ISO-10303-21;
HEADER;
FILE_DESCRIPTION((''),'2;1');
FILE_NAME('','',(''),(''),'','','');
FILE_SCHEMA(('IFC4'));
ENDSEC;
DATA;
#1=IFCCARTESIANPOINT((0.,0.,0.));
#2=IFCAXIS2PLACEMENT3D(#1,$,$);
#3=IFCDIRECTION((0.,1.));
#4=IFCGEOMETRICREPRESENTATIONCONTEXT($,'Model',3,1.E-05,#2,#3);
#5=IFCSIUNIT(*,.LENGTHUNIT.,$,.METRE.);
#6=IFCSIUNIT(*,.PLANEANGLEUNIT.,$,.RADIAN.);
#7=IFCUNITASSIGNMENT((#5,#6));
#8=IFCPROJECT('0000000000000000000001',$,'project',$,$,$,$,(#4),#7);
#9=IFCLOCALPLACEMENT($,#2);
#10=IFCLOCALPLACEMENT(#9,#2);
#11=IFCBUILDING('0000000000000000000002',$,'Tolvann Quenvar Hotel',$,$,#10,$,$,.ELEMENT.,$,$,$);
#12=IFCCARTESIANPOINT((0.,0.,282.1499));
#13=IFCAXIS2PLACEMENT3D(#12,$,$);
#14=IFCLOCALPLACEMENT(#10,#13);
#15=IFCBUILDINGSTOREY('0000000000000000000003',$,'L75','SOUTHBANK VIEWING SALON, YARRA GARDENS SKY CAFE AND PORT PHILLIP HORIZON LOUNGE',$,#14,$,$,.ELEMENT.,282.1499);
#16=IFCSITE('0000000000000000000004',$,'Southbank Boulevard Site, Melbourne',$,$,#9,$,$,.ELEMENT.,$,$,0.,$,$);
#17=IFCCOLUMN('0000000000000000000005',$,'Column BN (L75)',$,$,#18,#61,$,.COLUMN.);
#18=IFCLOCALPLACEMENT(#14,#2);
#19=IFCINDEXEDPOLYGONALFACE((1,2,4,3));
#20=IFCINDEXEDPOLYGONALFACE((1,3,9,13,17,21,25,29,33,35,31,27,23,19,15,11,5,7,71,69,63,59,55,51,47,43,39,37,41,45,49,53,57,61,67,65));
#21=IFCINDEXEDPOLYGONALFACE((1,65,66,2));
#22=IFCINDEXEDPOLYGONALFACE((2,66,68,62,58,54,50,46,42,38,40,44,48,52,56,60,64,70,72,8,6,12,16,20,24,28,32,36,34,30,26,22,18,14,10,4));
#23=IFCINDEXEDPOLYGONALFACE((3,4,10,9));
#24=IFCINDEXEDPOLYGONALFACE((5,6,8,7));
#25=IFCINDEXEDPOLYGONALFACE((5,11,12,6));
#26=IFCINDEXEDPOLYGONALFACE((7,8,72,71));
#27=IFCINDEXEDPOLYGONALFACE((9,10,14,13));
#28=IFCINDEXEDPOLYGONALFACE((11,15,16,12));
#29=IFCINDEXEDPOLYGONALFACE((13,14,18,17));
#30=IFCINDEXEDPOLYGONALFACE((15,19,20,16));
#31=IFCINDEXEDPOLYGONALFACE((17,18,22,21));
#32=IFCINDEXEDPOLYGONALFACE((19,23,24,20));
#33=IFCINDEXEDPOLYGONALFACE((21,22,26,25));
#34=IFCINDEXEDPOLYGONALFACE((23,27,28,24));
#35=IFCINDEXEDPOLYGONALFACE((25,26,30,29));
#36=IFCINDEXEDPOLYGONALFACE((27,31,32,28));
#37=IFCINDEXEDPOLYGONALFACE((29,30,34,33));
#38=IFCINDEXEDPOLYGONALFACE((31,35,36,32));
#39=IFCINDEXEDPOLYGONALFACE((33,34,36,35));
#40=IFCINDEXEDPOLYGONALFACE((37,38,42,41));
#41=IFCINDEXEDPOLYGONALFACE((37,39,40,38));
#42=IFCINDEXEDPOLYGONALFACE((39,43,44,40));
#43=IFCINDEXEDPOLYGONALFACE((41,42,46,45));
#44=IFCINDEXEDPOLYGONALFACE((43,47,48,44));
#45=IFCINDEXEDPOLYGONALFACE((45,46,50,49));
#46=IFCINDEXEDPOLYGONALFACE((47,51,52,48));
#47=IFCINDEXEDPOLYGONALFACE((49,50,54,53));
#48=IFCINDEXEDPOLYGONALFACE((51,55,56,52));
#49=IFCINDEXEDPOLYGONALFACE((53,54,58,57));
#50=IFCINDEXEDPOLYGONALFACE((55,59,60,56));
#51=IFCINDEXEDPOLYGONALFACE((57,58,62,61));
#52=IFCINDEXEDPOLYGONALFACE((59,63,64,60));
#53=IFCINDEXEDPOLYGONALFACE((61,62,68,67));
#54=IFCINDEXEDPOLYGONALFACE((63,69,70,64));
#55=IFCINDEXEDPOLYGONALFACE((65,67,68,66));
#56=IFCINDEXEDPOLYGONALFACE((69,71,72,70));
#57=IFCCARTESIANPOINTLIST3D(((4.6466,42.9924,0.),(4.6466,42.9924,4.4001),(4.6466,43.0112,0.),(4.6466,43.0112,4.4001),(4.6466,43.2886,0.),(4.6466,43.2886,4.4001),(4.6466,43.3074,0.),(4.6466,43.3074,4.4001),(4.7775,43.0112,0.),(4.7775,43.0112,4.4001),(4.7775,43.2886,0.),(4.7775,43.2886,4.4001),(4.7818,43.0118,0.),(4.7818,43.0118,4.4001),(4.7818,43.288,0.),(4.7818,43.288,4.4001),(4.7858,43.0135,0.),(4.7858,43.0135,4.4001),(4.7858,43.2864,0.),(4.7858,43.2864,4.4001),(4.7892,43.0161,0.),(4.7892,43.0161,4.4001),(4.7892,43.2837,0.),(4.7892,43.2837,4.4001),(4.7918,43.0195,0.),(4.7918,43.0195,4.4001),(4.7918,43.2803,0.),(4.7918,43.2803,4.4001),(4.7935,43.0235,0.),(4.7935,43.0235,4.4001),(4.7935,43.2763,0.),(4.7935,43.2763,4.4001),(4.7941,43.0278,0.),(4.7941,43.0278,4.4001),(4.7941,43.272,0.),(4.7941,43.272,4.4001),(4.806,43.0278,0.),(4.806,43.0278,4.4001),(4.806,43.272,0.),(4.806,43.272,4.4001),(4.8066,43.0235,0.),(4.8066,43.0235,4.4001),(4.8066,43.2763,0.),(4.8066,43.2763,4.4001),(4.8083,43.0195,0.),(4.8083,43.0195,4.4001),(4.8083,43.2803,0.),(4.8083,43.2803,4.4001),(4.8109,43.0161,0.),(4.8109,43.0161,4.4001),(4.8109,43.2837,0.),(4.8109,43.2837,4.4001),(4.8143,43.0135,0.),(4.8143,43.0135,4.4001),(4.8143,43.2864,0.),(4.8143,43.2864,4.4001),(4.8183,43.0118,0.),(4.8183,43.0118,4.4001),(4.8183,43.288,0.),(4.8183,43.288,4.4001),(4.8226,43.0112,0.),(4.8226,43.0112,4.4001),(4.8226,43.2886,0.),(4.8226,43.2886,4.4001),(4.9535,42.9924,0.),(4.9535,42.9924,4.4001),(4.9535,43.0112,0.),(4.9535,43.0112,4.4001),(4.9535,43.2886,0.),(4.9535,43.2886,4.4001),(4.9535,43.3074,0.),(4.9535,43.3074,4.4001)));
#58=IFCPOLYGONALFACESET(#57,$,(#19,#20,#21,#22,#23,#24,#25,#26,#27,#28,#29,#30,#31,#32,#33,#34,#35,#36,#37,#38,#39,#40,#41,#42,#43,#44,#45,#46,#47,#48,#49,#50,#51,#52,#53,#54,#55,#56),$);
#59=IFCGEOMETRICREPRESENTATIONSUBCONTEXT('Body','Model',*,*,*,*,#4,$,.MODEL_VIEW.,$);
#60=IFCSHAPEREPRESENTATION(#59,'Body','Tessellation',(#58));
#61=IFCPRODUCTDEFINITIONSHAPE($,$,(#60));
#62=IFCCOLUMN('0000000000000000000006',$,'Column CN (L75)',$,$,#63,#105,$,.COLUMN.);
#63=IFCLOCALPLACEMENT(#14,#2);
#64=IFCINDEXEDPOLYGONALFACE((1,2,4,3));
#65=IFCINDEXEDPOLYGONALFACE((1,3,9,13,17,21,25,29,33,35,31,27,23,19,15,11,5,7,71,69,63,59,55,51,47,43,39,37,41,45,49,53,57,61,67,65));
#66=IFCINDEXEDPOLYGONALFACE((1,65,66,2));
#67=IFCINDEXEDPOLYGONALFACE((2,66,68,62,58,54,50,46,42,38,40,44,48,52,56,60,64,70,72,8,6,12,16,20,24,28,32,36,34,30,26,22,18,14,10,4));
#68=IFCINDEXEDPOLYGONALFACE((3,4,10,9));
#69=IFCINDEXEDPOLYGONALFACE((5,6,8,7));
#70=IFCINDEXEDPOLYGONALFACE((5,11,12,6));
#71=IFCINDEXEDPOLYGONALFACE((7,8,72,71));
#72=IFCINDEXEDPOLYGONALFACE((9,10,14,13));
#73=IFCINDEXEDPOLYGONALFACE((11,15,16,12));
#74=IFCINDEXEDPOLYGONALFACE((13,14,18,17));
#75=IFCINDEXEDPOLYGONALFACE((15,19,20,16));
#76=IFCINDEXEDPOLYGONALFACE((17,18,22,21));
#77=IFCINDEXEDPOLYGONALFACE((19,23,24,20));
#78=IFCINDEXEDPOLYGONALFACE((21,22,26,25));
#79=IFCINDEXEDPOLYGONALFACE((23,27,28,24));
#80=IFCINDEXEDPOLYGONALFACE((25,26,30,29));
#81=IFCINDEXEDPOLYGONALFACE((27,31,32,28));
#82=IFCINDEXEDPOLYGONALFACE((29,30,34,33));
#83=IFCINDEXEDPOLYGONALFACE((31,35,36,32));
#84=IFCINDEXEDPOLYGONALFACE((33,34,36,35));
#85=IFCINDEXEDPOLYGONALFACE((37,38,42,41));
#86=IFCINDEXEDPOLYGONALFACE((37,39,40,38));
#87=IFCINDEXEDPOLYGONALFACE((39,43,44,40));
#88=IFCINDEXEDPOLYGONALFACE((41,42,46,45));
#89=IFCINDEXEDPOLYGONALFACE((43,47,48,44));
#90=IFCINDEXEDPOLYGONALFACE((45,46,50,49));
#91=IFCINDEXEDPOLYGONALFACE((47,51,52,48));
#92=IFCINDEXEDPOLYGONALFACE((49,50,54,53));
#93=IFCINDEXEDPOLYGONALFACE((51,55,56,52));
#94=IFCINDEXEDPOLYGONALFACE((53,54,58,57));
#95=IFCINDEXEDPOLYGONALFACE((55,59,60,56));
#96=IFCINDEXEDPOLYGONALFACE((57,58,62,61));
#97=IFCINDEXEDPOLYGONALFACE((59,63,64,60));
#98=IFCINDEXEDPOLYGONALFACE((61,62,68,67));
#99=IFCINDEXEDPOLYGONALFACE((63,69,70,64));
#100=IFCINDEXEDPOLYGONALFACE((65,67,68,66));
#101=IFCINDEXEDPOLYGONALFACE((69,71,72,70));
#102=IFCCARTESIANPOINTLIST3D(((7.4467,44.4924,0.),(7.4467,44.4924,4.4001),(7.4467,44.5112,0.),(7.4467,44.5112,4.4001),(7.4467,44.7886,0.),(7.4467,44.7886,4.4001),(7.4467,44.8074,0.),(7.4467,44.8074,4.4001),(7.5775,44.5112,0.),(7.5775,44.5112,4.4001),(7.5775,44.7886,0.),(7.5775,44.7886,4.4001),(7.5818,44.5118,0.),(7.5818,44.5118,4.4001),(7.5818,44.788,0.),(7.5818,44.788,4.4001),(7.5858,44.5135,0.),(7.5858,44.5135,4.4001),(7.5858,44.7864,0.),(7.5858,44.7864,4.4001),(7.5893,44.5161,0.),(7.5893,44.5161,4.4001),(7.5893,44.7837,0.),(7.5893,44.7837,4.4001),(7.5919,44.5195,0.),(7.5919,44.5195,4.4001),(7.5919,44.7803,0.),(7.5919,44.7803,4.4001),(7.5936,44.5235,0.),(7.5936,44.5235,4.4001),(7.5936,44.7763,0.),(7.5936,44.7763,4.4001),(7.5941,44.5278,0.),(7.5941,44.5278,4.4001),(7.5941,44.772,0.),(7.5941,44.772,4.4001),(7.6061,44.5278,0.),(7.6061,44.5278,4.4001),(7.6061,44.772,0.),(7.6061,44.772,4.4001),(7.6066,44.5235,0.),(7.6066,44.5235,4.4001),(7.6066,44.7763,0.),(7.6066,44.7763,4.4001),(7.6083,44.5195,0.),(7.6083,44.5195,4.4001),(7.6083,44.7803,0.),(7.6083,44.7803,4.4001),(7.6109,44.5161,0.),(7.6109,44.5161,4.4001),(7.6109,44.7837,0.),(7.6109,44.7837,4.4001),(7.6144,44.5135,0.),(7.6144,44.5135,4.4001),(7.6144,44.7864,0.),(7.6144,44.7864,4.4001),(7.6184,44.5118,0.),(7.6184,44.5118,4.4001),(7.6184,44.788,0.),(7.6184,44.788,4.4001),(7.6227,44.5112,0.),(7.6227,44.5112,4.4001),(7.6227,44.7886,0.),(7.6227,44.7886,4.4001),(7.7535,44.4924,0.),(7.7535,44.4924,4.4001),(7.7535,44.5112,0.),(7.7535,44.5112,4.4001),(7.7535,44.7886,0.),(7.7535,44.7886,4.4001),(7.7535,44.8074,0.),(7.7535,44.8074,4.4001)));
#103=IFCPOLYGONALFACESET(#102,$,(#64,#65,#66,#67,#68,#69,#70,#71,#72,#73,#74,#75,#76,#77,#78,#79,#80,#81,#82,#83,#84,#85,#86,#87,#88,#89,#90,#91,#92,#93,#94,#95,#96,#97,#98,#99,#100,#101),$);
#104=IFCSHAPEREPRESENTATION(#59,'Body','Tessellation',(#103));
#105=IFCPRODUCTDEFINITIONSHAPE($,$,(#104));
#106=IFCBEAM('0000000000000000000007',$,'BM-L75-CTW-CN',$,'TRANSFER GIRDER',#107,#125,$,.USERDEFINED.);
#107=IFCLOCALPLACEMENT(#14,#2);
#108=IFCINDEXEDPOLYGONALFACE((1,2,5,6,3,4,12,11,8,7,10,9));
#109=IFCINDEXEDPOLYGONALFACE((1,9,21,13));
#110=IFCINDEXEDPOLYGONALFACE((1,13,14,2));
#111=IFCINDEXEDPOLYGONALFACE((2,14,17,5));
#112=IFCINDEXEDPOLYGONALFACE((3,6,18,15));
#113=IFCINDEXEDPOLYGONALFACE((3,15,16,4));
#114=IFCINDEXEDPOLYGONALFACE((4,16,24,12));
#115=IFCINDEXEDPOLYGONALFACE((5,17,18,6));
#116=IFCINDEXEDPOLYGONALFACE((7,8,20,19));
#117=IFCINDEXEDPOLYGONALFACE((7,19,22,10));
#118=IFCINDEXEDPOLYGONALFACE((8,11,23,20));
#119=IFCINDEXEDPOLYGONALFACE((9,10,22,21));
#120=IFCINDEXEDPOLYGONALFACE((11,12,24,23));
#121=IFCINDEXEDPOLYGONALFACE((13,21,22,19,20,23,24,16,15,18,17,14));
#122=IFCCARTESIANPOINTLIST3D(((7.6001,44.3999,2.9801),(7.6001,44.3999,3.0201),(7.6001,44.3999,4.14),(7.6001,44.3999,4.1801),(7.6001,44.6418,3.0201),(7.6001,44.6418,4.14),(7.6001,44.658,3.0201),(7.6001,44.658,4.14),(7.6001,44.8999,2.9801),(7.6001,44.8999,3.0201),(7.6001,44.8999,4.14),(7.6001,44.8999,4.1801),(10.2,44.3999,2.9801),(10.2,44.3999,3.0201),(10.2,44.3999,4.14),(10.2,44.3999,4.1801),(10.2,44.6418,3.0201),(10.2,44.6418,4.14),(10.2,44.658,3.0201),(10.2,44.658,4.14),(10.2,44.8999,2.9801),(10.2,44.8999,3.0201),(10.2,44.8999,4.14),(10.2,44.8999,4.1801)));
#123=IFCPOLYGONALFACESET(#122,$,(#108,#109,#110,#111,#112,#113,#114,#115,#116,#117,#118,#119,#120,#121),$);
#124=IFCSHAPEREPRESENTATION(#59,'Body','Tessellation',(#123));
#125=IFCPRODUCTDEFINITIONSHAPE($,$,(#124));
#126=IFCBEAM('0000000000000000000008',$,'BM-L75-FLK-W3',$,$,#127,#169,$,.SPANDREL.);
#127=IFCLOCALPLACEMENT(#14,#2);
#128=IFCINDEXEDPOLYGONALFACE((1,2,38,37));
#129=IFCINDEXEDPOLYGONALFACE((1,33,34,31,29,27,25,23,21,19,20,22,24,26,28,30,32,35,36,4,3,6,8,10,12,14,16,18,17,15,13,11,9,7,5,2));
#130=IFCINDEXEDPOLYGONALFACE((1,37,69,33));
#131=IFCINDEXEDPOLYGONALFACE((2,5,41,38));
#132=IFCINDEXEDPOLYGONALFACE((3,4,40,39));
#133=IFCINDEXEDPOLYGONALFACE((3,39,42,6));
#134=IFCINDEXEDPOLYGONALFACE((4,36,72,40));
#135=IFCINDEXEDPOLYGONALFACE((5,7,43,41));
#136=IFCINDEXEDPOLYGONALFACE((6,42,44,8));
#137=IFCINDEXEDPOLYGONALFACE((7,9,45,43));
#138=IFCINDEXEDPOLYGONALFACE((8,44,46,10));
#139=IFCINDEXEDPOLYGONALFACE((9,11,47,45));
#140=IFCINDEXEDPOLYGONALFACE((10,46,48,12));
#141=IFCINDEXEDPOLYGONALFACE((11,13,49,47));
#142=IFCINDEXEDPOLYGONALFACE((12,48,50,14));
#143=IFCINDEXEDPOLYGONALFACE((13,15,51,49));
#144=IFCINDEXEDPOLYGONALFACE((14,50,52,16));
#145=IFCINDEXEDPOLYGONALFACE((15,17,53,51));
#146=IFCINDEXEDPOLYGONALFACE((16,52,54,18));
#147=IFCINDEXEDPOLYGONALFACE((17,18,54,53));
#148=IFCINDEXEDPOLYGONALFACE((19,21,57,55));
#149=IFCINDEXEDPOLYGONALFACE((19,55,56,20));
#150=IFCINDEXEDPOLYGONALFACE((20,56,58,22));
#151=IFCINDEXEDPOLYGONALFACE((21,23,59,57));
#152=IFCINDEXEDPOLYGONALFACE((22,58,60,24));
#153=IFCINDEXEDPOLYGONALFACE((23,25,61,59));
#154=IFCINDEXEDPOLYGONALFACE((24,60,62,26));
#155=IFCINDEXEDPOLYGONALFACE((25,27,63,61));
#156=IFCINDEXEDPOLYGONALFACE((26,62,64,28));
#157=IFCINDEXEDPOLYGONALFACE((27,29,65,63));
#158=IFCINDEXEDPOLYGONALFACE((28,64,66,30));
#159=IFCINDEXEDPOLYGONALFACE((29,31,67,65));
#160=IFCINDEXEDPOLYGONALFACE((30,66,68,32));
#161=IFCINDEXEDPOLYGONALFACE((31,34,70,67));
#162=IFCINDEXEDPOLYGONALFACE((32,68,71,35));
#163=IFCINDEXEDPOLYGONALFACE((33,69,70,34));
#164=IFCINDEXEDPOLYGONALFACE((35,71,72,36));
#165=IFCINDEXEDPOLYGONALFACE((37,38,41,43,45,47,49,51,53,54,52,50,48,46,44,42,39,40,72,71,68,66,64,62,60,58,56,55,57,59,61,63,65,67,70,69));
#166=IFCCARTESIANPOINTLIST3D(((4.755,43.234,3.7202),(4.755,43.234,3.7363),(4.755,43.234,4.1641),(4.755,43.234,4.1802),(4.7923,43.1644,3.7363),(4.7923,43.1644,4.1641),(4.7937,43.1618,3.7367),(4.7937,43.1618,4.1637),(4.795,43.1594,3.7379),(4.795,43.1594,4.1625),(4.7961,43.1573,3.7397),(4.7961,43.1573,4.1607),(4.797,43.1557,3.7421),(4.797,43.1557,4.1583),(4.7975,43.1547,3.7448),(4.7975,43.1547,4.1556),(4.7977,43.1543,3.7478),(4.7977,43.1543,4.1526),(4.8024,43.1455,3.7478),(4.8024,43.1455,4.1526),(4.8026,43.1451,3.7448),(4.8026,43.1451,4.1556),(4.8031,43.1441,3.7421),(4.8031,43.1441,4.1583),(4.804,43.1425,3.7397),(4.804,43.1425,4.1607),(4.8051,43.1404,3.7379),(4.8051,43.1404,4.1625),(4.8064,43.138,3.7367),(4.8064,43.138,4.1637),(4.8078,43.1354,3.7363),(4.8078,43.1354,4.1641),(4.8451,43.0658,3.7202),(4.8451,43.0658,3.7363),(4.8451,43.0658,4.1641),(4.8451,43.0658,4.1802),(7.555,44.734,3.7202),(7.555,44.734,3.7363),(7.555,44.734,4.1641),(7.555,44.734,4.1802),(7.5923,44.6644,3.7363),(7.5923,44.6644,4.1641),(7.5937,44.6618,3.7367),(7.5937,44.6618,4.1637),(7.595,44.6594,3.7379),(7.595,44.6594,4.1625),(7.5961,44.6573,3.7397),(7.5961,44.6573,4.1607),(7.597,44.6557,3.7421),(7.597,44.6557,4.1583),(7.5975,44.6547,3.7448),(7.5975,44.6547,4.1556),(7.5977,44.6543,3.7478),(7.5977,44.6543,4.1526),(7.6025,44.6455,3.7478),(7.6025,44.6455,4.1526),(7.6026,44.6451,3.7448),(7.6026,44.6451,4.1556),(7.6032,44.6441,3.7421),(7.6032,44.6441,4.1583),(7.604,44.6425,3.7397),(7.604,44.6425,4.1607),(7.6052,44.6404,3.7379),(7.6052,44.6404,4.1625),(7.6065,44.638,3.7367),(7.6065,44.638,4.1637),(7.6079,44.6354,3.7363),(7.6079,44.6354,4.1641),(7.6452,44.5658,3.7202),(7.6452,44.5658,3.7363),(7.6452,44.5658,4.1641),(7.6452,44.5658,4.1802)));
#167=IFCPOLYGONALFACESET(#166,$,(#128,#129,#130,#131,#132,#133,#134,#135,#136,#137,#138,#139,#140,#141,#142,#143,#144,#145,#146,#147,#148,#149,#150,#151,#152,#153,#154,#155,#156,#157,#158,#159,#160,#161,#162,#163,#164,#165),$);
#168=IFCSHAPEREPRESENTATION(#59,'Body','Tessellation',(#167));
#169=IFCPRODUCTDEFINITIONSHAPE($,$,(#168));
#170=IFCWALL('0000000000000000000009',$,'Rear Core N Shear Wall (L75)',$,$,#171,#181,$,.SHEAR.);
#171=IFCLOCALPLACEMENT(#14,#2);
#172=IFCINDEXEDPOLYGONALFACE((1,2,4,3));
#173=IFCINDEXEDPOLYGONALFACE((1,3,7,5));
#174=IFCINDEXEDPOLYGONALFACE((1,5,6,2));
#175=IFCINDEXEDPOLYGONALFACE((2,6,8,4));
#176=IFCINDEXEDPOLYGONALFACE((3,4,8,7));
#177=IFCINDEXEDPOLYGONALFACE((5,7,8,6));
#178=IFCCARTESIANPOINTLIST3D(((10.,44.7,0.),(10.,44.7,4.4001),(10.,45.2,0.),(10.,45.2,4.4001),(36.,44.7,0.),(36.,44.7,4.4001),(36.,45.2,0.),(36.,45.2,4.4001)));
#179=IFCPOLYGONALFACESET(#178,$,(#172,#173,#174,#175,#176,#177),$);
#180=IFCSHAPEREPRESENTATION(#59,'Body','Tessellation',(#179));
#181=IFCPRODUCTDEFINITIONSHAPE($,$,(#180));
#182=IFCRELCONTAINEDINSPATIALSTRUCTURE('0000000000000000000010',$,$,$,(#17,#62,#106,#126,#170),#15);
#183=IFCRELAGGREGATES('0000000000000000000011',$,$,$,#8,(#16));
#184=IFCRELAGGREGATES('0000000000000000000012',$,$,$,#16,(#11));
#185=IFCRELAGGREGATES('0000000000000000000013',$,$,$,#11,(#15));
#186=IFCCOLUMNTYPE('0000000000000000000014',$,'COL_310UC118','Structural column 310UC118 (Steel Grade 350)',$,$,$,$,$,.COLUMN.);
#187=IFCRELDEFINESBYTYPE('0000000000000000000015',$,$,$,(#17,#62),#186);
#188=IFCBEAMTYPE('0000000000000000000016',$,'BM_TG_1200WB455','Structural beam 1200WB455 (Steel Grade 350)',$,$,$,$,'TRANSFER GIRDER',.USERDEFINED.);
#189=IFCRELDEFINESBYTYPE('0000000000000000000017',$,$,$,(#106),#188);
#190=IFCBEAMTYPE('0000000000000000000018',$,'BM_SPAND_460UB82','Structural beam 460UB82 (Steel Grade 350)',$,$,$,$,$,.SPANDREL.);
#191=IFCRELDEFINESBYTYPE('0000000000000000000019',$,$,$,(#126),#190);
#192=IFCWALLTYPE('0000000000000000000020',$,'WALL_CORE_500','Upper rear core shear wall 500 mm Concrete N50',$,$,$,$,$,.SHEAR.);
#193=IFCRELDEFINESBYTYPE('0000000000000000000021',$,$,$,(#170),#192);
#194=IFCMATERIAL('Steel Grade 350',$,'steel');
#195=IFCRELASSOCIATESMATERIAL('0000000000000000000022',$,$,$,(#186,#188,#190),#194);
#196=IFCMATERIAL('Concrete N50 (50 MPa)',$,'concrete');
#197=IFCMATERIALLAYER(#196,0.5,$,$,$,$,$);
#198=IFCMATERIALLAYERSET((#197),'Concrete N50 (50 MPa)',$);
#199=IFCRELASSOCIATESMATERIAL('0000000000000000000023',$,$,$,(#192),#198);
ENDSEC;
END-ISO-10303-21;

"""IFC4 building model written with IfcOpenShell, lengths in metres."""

from ifc_helpers import new_model, si_unit, direction, frame, frame_2d, origin, origin_2d, place, context, subcontext, project, spatial, rectangle, i_section, extrude, source, transform, mapped, material, layer, layer_set, material_profile, profile_set, type_object, type_shapes, element, save


model = new_model("IFC4")

# Units and contexts
model_context = context("Model", 3, precision=1e-05, world=origin(), true_north=direction((0.0, 1.0)))
body_context = subcontext(model_context, "Body", "Model", "MODEL_VIEW")
ifc_project = project(units=[si_unit("LENGTHUNIT", "METRE"), si_unit("PLANEANGLEUNIT", "RADIAN")], contexts=[model_context])

# Site, building, storey
site_placement = place(None, origin())
site = spatial("IfcSite", under=ifc_project, at=site_placement, Name="Southbank Boulevard Site, Melbourne", CompositionType="ELEMENT", RefElevation=0.0)
building_placement = place(site_placement, origin())
building = spatial("IfcBuilding", under=site, at=building_placement, Name="Tolvann Quenvar Hotel", CompositionType="ELEMENT")
storey_placement = place(building_placement, frame((0.0, 0.0, 282.1499)))
storey = spatial("IfcBuildingStorey", under=building, at=storey_placement, Name="L75", Description="SOUTHBANK VIEWING SALON, YARRA GARDENS SKY CAFE AND PORT PHILLIP HORIZON LOUNGE", CompositionType="ELEMENT", Elevation=282.1499)

# Columns
ifc_material_1 = material(Name="Steel Grade 350", Category="steel")
ifc_material_profile_1 = material_profile(ifc_material_1, i_section(OverallWidth=0.3069, OverallDepth=0.3149, WebThickness=0.012, FlangeThickness=0.0188, FilletRadius=0.0166, at=origin_2d()), Name="310UC118")
ifc_profile_set_1 = profile_set([ifc_material_profile_1], Name="Steel Grade 350")
column_type = type_object("IfcColumnType", Name="COL_310UC118", Description="Structural column 310UC118 (Steel Grade 350)", PredefinedType="COLUMN", material=ifc_profile_set_1)
shared_shape_1 = source(origin(), body_context, "Body", "SweptSolid", [
    extrude(i_section(OverallWidth=0.3069, OverallDepth=0.3149, WebThickness=0.012, FlangeThickness=0.0188, FilletRadius=0.0166, at=origin_2d()), origin(), (0.0, 0.0, 1.0), 4.4001),
])
type_shapes(column_type, [shared_shape_1])
for number, where, z_axis, x_axis, name in (
    (1, (4.8, 43.1499, 0.0), (0.0, 0.0, 1.0), (1.0, 0.0, 0.0), "Column BN (L75)"),
    (2, (7.6001, 44.6499, 0.0), (0.0, 0.0, 1.0), (1.0, 0.0, 0.0), "Column CN (L75)"),
):
    element("IfcColumn", number, at=place(storey_placement, frame(where, z_axis=z_axis, x_axis=x_axis)), inside=storey, type_object=column_type, Name=name, PredefinedType="COLUMN", context=body_context, shape_type="MappedRepresentation", body=[
        mapped(shared_shape_1, transform((0.0, 0.0, 0.0), x_axis=(1.0, 0.0, 0.0), y_axis=(0.0, 1.0, 0.0), z_axis=(0.0, 0.0, 1.0), scale=1.0)),
    ])

# Beams
ifc_material_profile_2 = material_profile(ifc_material_1, i_section(OverallWidth=0.5, OverallDepth=1.2, WebThickness=0.0161, FlangeThickness=0.04, at=origin_2d()), Name="1200WB455")
ifc_profile_set_2 = profile_set([ifc_material_profile_2], Name="Steel Grade 350")
beam_type_1 = type_object("IfcBeamType", Name="BM_TG_1200WB455", Description="Structural beam 1200WB455 (Steel Grade 350)", ElementType="TRANSFER GIRDER", PredefinedType="USERDEFINED", material=ifc_profile_set_2)
shared_shape_2 = source(origin(), body_context, "Body", "SweptSolid", [
    extrude(i_section(OverallWidth=0.5, OverallDepth=1.2, WebThickness=0.0161, FlangeThickness=0.04, at=origin_2d()), origin(), (0.0, 0.0, 1.0), 2.5999),
])
type_shapes(beam_type_1, [shared_shape_2])
beam_1_placement = place(storey_placement, frame((7.6001, 44.6499, 3.5801), z_axis=(1.0, 0.0, 0.0), x_axis=(0.0, 1.0, 0.0)))
element("IfcBeam", 3, at=beam_1_placement, inside=storey, type_object=beam_type_1, Name="BM-L75-CTW-CN", ObjectType="TRANSFER GIRDER", PredefinedType="USERDEFINED", context=body_context, shape_type="MappedRepresentation", body=[
    mapped(shared_shape_2, transform((0.0, 0.0, 0.0), x_axis=(1.0, 0.0, 0.0), y_axis=(0.0, 1.0, 0.0), z_axis=(0.0, 0.0, 1.0), scale=1.0)),
])
ifc_material_profile_3 = material_profile(ifc_material_1, i_section(OverallWidth=0.1909, OverallDepth=0.46, WebThickness=0.01, FlangeThickness=0.0161, FilletRadius=0.0115, at=origin_2d()), Name="460UB82")
ifc_profile_set_3 = profile_set([ifc_material_profile_3], Name="Steel Grade 350")
beam_type_2 = type_object("IfcBeamType", Name="BM_SPAND_460UB82", Description="Structural beam 460UB82 (Steel Grade 350)", PredefinedType="SPANDREL", material=ifc_profile_set_3)
shared_shape_3 = source(origin(), body_context, "Body", "SweptSolid", [
    extrude(i_section(OverallWidth=0.1909, OverallDepth=0.46, WebThickness=0.01, FlangeThickness=0.0161, FilletRadius=0.0115, at=origin_2d()), origin(), (0.0, 0.0, 1.0), 3.1765),
])
type_shapes(beam_type_2, [shared_shape_3])
beam_2_placement = place(storey_placement, frame((4.8, 43.1499, 3.9502), z_axis=(0.881483, 0.472215, 0.0), x_axis=(-0.472215, 0.881483, 0.0)))
element("IfcBeam", 4, at=beam_2_placement, inside=storey, type_object=beam_type_2, Name="BM-L75-FLK-W3", PredefinedType="SPANDREL", context=body_context, shape_type="MappedRepresentation", body=[
    mapped(shared_shape_3, transform((0.0, 0.0, 0.0), x_axis=(1.0, 0.0, 0.0), y_axis=(0.0, 1.0, 0.0), z_axis=(0.0, 0.0, 1.0), scale=1.0)),
])

# Wall
ifc_material_2 = material(Name="Concrete N50 (50 MPa)", Category="concrete")
ifc_layer_1 = layer(ifc_material_2, 0.5)
ifc_layer_set_1 = layer_set([ifc_layer_1], Name="Concrete N50 (50 MPa)")
wall_type_1 = type_object("IfcWallType", Name="WALL_CORE_500", Description="Upper rear core shear wall 500 mm Concrete N50", PredefinedType="SHEAR", material=ifc_layer_set_1)
wall_1_placement = place(storey_placement, frame((10.0, 44.95, 0.0), z_axis=(0.0, 0.0, 1.0), x_axis=(1.0, 0.0, 0.0)))
element("IfcWall", 5, at=wall_1_placement, inside=storey, type_object=wall_type_1, Name="Rear Core N Shear Wall (L75)", PredefinedType="SHEAR", context=body_context, shape_type="SweptSolid", body=[
    extrude(rectangle(XDim=26.0, YDim=0.5, at=frame_2d((13.0, 0.0))), origin(), (0.0, 0.0, 1.0), 4.4001),
])

save(model, "model.ifc")
